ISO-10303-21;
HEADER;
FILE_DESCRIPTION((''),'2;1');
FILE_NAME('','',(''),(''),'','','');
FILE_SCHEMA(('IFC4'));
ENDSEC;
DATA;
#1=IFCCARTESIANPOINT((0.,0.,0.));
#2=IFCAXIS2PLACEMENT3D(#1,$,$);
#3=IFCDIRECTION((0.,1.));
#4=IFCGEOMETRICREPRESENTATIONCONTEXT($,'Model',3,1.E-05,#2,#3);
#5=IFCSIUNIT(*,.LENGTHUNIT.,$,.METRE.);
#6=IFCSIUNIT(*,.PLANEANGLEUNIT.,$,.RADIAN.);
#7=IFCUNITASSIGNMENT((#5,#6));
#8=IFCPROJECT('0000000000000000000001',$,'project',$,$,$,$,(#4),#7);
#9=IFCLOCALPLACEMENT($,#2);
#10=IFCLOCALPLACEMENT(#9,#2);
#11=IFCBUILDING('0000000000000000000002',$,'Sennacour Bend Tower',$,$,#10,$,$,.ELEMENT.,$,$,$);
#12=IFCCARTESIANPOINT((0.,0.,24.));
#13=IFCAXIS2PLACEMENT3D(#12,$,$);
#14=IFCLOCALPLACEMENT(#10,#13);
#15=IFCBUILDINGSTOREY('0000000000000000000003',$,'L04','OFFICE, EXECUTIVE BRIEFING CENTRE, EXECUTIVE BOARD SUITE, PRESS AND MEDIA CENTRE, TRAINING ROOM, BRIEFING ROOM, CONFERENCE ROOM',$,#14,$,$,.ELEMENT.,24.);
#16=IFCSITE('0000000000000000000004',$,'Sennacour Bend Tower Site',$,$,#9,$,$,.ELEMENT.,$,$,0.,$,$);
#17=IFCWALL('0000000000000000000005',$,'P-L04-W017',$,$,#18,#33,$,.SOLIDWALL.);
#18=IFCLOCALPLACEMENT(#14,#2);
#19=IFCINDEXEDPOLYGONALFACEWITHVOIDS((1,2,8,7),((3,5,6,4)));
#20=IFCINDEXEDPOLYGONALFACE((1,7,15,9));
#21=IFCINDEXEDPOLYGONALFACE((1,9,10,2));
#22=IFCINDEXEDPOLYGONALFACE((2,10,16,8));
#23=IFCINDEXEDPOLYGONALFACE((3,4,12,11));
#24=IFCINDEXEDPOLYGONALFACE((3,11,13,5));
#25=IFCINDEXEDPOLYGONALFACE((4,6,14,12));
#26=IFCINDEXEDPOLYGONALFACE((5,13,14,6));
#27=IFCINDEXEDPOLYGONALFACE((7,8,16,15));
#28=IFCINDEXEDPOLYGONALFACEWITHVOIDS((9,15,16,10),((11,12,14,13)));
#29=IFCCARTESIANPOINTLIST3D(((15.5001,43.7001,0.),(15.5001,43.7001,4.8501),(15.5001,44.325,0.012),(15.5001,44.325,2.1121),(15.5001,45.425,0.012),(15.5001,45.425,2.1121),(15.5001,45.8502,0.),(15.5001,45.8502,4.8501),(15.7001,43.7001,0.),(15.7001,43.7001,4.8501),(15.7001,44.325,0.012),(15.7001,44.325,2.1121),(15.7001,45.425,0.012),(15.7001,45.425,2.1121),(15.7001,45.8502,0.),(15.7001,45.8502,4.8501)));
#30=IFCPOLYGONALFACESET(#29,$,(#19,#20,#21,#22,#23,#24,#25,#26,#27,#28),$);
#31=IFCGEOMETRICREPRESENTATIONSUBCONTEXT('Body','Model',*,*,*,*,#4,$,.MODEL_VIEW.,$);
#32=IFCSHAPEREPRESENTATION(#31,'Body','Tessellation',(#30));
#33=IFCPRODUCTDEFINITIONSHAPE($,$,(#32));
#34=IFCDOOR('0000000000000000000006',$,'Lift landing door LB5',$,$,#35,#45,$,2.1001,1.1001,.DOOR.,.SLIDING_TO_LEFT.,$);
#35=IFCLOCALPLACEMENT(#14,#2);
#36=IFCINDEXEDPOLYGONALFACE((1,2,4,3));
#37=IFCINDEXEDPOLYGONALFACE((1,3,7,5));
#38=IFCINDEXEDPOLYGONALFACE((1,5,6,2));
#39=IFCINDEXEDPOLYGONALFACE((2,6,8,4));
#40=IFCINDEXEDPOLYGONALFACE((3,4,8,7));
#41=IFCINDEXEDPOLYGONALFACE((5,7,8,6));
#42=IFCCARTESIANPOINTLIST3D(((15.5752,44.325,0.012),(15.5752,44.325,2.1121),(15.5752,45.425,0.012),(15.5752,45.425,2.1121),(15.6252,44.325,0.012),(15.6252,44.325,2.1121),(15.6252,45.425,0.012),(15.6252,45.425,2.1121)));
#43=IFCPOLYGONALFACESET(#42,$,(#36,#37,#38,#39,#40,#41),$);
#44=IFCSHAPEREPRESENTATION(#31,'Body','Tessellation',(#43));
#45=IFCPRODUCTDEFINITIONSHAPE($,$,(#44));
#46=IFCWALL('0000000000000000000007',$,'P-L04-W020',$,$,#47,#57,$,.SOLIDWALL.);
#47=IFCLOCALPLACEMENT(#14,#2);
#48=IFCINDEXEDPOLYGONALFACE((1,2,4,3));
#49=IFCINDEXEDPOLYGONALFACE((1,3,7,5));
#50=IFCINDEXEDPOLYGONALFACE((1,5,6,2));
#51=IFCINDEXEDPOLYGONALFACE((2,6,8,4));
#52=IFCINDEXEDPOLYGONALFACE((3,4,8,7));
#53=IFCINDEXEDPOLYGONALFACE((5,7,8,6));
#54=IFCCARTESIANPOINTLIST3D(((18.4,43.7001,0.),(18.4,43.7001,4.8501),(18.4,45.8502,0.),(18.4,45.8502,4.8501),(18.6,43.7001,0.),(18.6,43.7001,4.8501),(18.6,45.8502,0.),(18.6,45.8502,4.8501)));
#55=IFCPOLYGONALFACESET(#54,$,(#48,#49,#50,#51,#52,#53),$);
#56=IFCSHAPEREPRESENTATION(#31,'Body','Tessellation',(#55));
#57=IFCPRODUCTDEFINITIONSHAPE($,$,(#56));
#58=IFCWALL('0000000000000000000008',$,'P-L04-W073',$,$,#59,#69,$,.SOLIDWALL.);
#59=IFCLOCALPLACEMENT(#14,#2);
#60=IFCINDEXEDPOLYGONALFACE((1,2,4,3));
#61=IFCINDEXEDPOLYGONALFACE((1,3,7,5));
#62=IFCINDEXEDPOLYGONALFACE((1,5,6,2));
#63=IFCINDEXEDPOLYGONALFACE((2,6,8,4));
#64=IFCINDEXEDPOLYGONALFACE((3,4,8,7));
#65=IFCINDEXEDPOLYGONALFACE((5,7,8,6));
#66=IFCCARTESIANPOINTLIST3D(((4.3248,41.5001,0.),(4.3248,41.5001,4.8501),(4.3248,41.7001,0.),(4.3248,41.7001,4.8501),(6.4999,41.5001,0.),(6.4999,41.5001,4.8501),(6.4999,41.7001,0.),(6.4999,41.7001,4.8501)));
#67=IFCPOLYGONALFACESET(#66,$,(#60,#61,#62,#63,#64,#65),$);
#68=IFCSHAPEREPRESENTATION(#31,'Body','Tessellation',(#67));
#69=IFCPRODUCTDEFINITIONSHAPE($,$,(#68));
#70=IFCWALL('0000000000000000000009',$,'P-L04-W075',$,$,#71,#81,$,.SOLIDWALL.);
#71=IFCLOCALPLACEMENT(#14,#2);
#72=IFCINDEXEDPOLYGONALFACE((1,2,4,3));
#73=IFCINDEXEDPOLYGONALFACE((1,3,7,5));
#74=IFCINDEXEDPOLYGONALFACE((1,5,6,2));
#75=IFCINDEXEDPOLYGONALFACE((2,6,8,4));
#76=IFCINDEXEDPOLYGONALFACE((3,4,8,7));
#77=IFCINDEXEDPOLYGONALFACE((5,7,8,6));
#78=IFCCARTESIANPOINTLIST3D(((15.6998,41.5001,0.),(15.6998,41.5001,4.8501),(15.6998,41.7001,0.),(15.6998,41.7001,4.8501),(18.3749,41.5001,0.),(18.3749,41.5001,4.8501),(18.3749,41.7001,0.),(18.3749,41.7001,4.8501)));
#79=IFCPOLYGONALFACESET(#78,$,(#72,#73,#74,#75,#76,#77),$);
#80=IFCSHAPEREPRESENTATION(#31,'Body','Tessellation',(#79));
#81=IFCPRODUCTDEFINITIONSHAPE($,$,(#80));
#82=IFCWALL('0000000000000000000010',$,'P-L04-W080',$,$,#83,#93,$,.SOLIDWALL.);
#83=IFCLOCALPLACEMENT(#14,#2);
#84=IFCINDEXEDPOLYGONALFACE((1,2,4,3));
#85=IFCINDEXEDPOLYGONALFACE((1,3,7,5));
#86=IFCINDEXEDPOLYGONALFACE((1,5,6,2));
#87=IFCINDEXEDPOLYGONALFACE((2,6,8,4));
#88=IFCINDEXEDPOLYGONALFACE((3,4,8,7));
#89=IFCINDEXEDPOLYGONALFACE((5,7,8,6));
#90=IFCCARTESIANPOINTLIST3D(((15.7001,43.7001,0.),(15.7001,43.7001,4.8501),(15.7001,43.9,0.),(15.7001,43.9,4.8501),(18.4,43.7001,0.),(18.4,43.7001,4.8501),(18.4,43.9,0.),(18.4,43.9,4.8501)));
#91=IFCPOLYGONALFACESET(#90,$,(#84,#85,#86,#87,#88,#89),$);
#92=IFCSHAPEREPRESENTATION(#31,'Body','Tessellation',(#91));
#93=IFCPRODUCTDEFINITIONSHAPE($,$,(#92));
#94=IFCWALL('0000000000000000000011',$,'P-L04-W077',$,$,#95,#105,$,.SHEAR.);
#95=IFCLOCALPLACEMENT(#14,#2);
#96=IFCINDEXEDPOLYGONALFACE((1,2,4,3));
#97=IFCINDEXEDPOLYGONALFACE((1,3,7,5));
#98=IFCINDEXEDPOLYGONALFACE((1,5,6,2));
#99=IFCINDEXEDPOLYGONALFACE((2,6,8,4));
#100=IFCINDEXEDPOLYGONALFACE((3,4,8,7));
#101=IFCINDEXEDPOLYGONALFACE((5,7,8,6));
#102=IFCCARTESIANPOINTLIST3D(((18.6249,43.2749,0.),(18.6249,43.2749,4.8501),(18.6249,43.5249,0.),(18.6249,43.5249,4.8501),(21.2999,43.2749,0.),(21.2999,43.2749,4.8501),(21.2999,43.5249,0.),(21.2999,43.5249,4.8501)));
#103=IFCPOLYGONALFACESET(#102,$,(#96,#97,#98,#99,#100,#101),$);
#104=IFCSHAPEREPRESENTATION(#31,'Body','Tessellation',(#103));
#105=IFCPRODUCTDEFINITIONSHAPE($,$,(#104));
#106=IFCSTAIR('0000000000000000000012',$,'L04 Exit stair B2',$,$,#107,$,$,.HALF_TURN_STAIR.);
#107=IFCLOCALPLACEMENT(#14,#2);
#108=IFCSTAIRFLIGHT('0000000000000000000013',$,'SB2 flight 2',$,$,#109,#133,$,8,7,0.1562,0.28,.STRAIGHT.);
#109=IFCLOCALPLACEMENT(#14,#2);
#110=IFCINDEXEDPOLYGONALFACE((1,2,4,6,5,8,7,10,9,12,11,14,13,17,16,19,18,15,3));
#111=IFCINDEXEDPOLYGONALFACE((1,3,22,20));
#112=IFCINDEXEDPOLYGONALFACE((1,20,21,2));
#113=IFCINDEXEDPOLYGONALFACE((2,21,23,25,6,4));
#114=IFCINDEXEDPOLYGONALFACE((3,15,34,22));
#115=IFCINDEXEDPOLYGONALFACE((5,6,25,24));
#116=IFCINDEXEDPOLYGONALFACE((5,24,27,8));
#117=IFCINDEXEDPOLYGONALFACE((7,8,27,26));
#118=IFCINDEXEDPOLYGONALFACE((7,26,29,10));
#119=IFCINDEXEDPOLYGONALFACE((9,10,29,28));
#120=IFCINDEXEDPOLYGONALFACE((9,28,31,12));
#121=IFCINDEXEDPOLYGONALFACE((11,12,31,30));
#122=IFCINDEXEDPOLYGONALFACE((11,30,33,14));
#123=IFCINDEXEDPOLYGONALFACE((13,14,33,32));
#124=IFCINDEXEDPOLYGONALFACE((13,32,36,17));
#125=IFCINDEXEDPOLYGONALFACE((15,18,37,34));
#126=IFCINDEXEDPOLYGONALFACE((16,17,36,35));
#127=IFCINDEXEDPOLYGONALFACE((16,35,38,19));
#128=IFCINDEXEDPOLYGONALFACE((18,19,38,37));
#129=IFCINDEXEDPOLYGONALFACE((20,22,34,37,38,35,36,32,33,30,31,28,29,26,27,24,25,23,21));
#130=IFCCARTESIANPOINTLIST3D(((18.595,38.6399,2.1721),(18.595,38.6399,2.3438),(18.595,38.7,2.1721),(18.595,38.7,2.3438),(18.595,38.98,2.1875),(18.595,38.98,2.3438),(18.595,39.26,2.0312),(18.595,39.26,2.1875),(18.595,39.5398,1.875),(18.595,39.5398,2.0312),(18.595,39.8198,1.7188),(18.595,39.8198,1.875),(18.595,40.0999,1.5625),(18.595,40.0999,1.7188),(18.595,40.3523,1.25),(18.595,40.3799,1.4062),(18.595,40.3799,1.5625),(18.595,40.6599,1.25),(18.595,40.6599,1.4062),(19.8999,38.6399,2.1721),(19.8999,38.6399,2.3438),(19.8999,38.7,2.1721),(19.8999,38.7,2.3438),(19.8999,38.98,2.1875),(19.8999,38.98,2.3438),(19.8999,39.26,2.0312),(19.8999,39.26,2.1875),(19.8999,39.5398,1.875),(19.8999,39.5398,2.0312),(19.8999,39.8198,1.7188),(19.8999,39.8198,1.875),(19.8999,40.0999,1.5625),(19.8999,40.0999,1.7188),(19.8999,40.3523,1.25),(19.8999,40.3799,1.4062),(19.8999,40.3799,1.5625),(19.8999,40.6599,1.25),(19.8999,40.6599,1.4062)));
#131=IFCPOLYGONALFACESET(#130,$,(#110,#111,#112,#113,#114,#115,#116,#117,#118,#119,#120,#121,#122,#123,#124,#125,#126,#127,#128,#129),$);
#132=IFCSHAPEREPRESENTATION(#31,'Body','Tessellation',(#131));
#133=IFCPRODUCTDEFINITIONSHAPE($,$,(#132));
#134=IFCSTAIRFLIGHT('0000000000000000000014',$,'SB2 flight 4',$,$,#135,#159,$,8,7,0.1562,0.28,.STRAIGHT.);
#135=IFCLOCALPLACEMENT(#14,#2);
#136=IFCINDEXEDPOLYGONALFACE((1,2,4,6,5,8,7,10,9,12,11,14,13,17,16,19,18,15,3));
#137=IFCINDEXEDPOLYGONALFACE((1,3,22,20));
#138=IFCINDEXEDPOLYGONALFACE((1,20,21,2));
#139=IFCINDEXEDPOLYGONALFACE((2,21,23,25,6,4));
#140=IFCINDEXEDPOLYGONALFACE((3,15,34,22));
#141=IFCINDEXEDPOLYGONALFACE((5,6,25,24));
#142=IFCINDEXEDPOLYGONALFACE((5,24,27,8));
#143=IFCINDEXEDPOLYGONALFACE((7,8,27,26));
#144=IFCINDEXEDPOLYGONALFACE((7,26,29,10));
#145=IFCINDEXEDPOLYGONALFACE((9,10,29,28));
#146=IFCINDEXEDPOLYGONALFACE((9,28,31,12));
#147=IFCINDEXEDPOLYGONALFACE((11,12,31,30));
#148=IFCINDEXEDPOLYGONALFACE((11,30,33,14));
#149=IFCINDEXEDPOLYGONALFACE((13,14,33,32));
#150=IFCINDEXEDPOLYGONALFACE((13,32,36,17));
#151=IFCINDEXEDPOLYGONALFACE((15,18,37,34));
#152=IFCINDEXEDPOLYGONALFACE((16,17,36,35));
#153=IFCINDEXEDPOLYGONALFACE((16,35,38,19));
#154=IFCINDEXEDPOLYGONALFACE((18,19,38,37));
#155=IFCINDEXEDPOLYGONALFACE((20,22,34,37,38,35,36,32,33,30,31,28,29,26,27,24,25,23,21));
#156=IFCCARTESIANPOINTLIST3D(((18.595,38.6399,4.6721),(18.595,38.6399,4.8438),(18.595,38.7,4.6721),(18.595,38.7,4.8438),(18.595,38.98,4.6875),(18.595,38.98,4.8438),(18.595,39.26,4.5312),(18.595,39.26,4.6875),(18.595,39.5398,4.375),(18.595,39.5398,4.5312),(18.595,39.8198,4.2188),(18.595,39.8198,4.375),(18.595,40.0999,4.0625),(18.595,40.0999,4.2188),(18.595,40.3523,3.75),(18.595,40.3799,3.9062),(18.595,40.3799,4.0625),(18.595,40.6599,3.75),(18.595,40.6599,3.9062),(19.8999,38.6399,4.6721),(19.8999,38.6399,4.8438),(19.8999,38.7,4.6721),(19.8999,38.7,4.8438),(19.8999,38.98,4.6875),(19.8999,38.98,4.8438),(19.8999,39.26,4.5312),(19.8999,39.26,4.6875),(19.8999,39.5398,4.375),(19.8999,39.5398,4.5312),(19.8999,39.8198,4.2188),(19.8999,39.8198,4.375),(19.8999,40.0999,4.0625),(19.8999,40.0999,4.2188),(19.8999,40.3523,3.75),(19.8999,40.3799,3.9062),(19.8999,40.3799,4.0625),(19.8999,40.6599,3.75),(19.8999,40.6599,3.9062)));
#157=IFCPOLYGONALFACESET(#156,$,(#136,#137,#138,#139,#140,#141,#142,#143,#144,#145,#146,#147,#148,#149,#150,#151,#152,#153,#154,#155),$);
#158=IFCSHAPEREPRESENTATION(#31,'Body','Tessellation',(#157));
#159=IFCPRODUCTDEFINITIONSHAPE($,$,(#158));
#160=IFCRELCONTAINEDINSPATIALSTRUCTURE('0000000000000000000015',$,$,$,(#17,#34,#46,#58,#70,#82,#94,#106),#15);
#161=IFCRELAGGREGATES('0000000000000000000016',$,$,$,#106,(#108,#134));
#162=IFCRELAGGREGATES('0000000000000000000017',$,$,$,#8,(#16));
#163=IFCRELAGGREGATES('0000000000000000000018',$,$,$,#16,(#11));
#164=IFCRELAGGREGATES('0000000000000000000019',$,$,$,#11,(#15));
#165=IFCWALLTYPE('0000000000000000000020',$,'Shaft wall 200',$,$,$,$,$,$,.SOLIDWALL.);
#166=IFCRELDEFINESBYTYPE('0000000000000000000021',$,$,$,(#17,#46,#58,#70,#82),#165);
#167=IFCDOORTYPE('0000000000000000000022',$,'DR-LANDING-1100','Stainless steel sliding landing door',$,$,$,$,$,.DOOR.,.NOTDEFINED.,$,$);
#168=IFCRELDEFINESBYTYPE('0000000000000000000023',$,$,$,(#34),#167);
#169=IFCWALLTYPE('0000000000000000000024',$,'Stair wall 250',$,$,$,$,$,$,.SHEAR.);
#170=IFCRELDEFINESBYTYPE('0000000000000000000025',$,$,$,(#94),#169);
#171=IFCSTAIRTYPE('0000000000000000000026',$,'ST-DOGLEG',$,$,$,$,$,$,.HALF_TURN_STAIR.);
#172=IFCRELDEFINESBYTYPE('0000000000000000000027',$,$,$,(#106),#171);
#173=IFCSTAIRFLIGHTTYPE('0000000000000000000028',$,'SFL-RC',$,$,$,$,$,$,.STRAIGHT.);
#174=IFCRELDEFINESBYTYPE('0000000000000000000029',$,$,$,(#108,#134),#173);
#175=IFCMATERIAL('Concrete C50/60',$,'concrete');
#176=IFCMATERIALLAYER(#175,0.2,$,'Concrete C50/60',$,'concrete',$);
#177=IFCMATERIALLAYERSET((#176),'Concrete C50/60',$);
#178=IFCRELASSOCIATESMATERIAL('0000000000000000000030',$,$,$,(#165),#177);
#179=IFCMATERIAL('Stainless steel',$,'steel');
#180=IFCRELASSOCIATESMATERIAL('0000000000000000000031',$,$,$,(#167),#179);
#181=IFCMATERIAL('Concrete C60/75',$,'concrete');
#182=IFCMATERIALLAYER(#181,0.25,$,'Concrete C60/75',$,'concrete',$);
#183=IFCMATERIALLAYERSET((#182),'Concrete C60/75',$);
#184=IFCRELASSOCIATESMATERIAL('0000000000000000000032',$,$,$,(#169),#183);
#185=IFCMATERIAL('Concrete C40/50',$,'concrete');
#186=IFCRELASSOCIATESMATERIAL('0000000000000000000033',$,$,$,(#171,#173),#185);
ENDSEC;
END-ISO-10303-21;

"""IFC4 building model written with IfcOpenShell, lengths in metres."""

from ifc_helpers import new_model, si_unit, direction, frame, frame_2d, origin, place, context, subcontext, project, spatial, polyline, rectangle, outline, extrude, material, layer, layer_set, type_object, element, fill, aggregate, save


model = new_model("IFC4")

# Units and contexts
model_context = context("Model", 3, precision=1e-05, world=origin(), true_north=direction((0.0, 1.0)))
body_context = subcontext(model_context, "Body", "Model", "MODEL_VIEW")
ifc_project = project(units=[si_unit("LENGTHUNIT", "METRE"), si_unit("PLANEANGLEUNIT", "RADIAN")], contexts=[model_context])

# Site, building, storey
site_placement = place(None, origin())
site = spatial("IfcSite", under=ifc_project, at=site_placement, Name="Sennacour Bend Tower Site", CompositionType="ELEMENT", RefElevation=0.0)
building_placement = place(site_placement, origin())
building = spatial("IfcBuilding", under=site, at=building_placement, Name="Sennacour Bend Tower", CompositionType="ELEMENT")
storey_placement = place(building_placement, frame((0.0, 0.0, 24.0)))
storey = spatial("IfcBuildingStorey", under=building, at=storey_placement, Name="L04", Description="OFFICE, EXECUTIVE BRIEFING CENTRE, EXECUTIVE BOARD SUITE, PRESS AND MEDIA CENTRE, TRAINING ROOM, BRIEFING ROOM, CONFERENCE ROOM", CompositionType="ELEMENT", Elevation=24.0)

# Wall, opening, door
ifc_material_1 = material(Name="Concrete C50/60", Category="concrete")
ifc_layer_1 = layer(ifc_material_1, 0.2, Name="Concrete C50/60", Category="concrete")
ifc_layer_set_1 = layer_set([ifc_layer_1], Name="Concrete C50/60")
wall_type_1 = type_object("IfcWallType", Name="Shaft wall 200", PredefinedType="SOLIDWALL", material=ifc_layer_set_1)
wall_1_placement = place(storey_placement, frame((15.6001, 43.7, 0.0), z_axis=(0.0, 0.0, 1.0), x_axis=(0.0, 1.0, 0.0)))
wall_1 = element("IfcWall", 1, at=wall_1_placement, inside=storey, type_object=wall_type_1, Name="P-L04-W017", PredefinedType="SOLIDWALL", context=body_context, shape_type="SweptSolid", body=[
    extrude(rectangle(XDim=2.1501, YDim=0.2, at=frame_2d((1.0752, 0.0))), origin(), (0.0, 0.0, 1.0), 4.8501),
])
opening_1_placement = place(wall_1_placement, frame((0.625, 0.0, 0.012)))
opening_1 = element("IfcOpeningElement", 2, at=opening_1_placement, cuts=wall_1, PredefinedType="OPENING", context=body_context, shape_type="SweptSolid", body=[
    extrude(rectangle(XDim=1.1001, YDim=2.1001, at=frame_2d((0.55, 1.05))), frame((0.0, 0.1099, 0.0), z_axis=(0.0, -1.0, 0.0), x_axis=(1.0, 0.0, 0.0)), (0.0, 0.0, 1.0), 0.22),
])
ifc_material_2 = material(Name="Stainless steel", Category="steel")
door_type_1 = type_object("IfcDoorType", Name="DR-LANDING-1100", Description="Stainless steel sliding landing door", OperationType="NOTDEFINED", PredefinedType="DOOR", material=ifc_material_2)
door_1_placement = place(opening_1_placement, origin())
door_1 = element("IfcDoor", 3, at=door_1_placement, inside=storey, type_object=door_type_1, Name="Lift landing door LB5", OperationType="SLIDING_TO_LEFT", OverallHeight=2.1001, OverallWidth=1.1001, PredefinedType="DOOR", context=body_context, shape_type="SweptSolid", body=[
    extrude(rectangle(XDim=1.1001, YDim=2.1001, at=frame_2d((0.55, 1.05))), frame((0.0, 0.0249, 0.0), z_axis=(0.0, -1.0, 0.0), x_axis=(1.0, 0.0, 0.0)), (0.0, 0.0, 1.0), 0.05),
])
fill(opening_1, door_1)

# Walls
wall_2_placement = place(storey_placement, frame((18.5, 43.7, 0.0), z_axis=(0.0, 0.0, 1.0), x_axis=(0.0, 1.0, 0.0)))
element("IfcWall", 4, at=wall_2_placement, inside=storey, type_object=wall_type_1, Name="P-L04-W020", PredefinedType="SOLIDWALL", context=body_context, shape_type="SweptSolid", body=[
    extrude(rectangle(XDim=2.1501, YDim=0.2, at=frame_2d((1.0752, 0.0))), origin(), (0.0, 0.0, 1.0), 4.8501),
])
wall_3_placement = place(storey_placement, frame((4.325, 41.6001, 0.0), z_axis=(0.0, 0.0, 1.0), x_axis=(1.0, 0.0, 0.0)))
element("IfcWall", 5, at=wall_3_placement, inside=storey, type_object=wall_type_1, Name="P-L04-W073", PredefinedType="SOLIDWALL", context=body_context, shape_type="SweptSolid", body=[
    extrude(rectangle(XDim=2.175, YDim=0.2, at=frame_2d((1.0874, 0.0))), origin(), (0.0, 0.0, 1.0), 4.8501),
])
wall_4_placement = place(storey_placement, frame((15.7, 41.6001, 0.0), z_axis=(0.0, 0.0, 1.0), x_axis=(1.0, 0.0, 0.0)))
element("IfcWall", 6, at=wall_4_placement, inside=storey, type_object=wall_type_1, Name="P-L04-W075", PredefinedType="SOLIDWALL", context=body_context, shape_type="SweptSolid", body=[
    extrude(rectangle(XDim=2.675, YDim=0.2, at=frame_2d((1.3374, 0.0))), origin(), (0.0, 0.0, 1.0), 4.8501),
])
wall_5_placement = place(storey_placement, frame((15.7, 43.8, 0.0), z_axis=(0.0, 0.0, 1.0), x_axis=(1.0, 0.0, 0.0)))
element("IfcWall", 7, at=wall_5_placement, inside=storey, type_object=wall_type_1, Name="P-L04-W080", PredefinedType="SOLIDWALL", context=body_context, shape_type="SweptSolid", body=[
    extrude(rectangle(XDim=2.7, YDim=0.2, at=frame_2d((1.3501, 0.0))), origin(), (0.0, 0.0, 1.0), 4.8501),
])
ifc_material_3 = material(Name="Concrete C60/75", Category="concrete")
ifc_layer_2 = layer(ifc_material_3, 0.25, Name="Concrete C60/75", Category="concrete")
ifc_layer_set_2 = layer_set([ifc_layer_2], Name="Concrete C60/75")
wall_type_2 = type_object("IfcWallType", Name="Stair wall 250", PredefinedType="SHEAR", material=ifc_layer_set_2)
wall_6_placement = place(storey_placement, frame((18.625, 43.3999, 0.0), z_axis=(0.0, 0.0, 1.0), x_axis=(1.0, 0.0, 0.0)))
element("IfcWall", 8, at=wall_6_placement, inside=storey, type_object=wall_type_2, Name="P-L04-W077", PredefinedType="SHEAR", context=body_context, shape_type="SweptSolid", body=[
    extrude(rectangle(XDim=2.675, YDim=0.25, at=frame_2d((1.3374, 0.0))), origin(), (0.0, 0.0, 1.0), 4.8501),
])

# Stair, stair flights
ifc_material_4 = material(Name="Concrete C40/50", Category="concrete")
stair_type = type_object("IfcStairType", Name="ST-DOGLEG", PredefinedType="HALF_TURN_STAIR", material=ifc_material_4)
stair_placement = place(storey_placement, origin())
stair = element("IfcStair", 9, at=stair_placement, inside=storey, type_object=stair_type, Name="L04 Exit stair B2", PredefinedType="HALF_TURN_STAIR")
stair_flight_type = type_object("IfcStairFlightType", Name="SFL-RC", PredefinedType="STRAIGHT", material=ifc_material_4)
stair_flight_1_placement = place(storey_placement, frame((19.2476, 40.6599, 1.25), z_axis=(0.0, 0.0, 1.0), x_axis=(0.0, -1.0, 0.0)))
stair_flight_1 = element("IfcStairFlight", 10, at=stair_flight_1_placement, type_object=stair_flight_type, Name="SB2 flight 2", NumberOfRisers=8, NumberOfTreads=7, PredefinedType="STRAIGHT", RiserHeight=0.1562, TreadLength=0.28, context=body_context, shape_type="SweptSolid", body=[
    extrude(outline(polyline([(0.0, 0.0), (0.0, 0.1562), (0.28, 0.1562), (0.28, 0.3125), (0.5601, 0.3125), (0.5601, 0.4688), (0.8401, 0.4688), (0.8401, 0.625), (1.1201, 0.625), (1.1201, 0.7812), (1.3999, 0.7812), (1.3999, 0.9375), (1.6799, 0.9375), (1.6799, 1.0938), (1.96, 1.0938), (2.02, 1.0938), (2.02, 0.9221), (1.96, 0.9221), (0.3076, 0.0), (0.0, 0.0)])), frame((0.0, 0.6523, 0.0), z_axis=(0.0, -1.0, 0.0), x_axis=(1.0, 0.0, 0.0)), (0.0, 0.0, 1.0), 1.3049),
])
stair_flight_2_placement = place(storey_placement, frame((19.2476, 40.6599, 3.75), z_axis=(0.0, 0.0, 1.0), x_axis=(0.0, -1.0, 0.0)))
stair_flight_2 = element("IfcStairFlight", 11, at=stair_flight_2_placement, type_object=stair_flight_type, Name="SB2 flight 4", NumberOfRisers=8, NumberOfTreads=7, PredefinedType="STRAIGHT", RiserHeight=0.1562, TreadLength=0.28, context=body_context, shape_type="SweptSolid", body=[
    extrude(outline(polyline([(0.0, 0.0), (0.0, 0.1562), (0.28, 0.1562), (0.28, 0.3125), (0.5601, 0.3125), (0.5601, 0.4688), (0.8401, 0.4688), (0.8401, 0.625), (1.1201, 0.625), (1.1201, 0.7812), (1.3999, 0.7812), (1.3999, 0.9375), (1.6799, 0.9375), (1.6799, 1.0938), (1.96, 1.0938), (2.02, 1.0938), (2.02, 0.9221), (1.96, 0.9221), (0.3076, 0.0), (0.0, 0.0)])), frame((0.0, 0.6523, 0.0), z_axis=(0.0, -1.0, 0.0), x_axis=(1.0, 0.0, 0.0)), (0.0, 0.0, 1.0), 1.3049),
])
aggregate(stair, [stair_flight_1, stair_flight_2])

save(model, "model.ifc")
